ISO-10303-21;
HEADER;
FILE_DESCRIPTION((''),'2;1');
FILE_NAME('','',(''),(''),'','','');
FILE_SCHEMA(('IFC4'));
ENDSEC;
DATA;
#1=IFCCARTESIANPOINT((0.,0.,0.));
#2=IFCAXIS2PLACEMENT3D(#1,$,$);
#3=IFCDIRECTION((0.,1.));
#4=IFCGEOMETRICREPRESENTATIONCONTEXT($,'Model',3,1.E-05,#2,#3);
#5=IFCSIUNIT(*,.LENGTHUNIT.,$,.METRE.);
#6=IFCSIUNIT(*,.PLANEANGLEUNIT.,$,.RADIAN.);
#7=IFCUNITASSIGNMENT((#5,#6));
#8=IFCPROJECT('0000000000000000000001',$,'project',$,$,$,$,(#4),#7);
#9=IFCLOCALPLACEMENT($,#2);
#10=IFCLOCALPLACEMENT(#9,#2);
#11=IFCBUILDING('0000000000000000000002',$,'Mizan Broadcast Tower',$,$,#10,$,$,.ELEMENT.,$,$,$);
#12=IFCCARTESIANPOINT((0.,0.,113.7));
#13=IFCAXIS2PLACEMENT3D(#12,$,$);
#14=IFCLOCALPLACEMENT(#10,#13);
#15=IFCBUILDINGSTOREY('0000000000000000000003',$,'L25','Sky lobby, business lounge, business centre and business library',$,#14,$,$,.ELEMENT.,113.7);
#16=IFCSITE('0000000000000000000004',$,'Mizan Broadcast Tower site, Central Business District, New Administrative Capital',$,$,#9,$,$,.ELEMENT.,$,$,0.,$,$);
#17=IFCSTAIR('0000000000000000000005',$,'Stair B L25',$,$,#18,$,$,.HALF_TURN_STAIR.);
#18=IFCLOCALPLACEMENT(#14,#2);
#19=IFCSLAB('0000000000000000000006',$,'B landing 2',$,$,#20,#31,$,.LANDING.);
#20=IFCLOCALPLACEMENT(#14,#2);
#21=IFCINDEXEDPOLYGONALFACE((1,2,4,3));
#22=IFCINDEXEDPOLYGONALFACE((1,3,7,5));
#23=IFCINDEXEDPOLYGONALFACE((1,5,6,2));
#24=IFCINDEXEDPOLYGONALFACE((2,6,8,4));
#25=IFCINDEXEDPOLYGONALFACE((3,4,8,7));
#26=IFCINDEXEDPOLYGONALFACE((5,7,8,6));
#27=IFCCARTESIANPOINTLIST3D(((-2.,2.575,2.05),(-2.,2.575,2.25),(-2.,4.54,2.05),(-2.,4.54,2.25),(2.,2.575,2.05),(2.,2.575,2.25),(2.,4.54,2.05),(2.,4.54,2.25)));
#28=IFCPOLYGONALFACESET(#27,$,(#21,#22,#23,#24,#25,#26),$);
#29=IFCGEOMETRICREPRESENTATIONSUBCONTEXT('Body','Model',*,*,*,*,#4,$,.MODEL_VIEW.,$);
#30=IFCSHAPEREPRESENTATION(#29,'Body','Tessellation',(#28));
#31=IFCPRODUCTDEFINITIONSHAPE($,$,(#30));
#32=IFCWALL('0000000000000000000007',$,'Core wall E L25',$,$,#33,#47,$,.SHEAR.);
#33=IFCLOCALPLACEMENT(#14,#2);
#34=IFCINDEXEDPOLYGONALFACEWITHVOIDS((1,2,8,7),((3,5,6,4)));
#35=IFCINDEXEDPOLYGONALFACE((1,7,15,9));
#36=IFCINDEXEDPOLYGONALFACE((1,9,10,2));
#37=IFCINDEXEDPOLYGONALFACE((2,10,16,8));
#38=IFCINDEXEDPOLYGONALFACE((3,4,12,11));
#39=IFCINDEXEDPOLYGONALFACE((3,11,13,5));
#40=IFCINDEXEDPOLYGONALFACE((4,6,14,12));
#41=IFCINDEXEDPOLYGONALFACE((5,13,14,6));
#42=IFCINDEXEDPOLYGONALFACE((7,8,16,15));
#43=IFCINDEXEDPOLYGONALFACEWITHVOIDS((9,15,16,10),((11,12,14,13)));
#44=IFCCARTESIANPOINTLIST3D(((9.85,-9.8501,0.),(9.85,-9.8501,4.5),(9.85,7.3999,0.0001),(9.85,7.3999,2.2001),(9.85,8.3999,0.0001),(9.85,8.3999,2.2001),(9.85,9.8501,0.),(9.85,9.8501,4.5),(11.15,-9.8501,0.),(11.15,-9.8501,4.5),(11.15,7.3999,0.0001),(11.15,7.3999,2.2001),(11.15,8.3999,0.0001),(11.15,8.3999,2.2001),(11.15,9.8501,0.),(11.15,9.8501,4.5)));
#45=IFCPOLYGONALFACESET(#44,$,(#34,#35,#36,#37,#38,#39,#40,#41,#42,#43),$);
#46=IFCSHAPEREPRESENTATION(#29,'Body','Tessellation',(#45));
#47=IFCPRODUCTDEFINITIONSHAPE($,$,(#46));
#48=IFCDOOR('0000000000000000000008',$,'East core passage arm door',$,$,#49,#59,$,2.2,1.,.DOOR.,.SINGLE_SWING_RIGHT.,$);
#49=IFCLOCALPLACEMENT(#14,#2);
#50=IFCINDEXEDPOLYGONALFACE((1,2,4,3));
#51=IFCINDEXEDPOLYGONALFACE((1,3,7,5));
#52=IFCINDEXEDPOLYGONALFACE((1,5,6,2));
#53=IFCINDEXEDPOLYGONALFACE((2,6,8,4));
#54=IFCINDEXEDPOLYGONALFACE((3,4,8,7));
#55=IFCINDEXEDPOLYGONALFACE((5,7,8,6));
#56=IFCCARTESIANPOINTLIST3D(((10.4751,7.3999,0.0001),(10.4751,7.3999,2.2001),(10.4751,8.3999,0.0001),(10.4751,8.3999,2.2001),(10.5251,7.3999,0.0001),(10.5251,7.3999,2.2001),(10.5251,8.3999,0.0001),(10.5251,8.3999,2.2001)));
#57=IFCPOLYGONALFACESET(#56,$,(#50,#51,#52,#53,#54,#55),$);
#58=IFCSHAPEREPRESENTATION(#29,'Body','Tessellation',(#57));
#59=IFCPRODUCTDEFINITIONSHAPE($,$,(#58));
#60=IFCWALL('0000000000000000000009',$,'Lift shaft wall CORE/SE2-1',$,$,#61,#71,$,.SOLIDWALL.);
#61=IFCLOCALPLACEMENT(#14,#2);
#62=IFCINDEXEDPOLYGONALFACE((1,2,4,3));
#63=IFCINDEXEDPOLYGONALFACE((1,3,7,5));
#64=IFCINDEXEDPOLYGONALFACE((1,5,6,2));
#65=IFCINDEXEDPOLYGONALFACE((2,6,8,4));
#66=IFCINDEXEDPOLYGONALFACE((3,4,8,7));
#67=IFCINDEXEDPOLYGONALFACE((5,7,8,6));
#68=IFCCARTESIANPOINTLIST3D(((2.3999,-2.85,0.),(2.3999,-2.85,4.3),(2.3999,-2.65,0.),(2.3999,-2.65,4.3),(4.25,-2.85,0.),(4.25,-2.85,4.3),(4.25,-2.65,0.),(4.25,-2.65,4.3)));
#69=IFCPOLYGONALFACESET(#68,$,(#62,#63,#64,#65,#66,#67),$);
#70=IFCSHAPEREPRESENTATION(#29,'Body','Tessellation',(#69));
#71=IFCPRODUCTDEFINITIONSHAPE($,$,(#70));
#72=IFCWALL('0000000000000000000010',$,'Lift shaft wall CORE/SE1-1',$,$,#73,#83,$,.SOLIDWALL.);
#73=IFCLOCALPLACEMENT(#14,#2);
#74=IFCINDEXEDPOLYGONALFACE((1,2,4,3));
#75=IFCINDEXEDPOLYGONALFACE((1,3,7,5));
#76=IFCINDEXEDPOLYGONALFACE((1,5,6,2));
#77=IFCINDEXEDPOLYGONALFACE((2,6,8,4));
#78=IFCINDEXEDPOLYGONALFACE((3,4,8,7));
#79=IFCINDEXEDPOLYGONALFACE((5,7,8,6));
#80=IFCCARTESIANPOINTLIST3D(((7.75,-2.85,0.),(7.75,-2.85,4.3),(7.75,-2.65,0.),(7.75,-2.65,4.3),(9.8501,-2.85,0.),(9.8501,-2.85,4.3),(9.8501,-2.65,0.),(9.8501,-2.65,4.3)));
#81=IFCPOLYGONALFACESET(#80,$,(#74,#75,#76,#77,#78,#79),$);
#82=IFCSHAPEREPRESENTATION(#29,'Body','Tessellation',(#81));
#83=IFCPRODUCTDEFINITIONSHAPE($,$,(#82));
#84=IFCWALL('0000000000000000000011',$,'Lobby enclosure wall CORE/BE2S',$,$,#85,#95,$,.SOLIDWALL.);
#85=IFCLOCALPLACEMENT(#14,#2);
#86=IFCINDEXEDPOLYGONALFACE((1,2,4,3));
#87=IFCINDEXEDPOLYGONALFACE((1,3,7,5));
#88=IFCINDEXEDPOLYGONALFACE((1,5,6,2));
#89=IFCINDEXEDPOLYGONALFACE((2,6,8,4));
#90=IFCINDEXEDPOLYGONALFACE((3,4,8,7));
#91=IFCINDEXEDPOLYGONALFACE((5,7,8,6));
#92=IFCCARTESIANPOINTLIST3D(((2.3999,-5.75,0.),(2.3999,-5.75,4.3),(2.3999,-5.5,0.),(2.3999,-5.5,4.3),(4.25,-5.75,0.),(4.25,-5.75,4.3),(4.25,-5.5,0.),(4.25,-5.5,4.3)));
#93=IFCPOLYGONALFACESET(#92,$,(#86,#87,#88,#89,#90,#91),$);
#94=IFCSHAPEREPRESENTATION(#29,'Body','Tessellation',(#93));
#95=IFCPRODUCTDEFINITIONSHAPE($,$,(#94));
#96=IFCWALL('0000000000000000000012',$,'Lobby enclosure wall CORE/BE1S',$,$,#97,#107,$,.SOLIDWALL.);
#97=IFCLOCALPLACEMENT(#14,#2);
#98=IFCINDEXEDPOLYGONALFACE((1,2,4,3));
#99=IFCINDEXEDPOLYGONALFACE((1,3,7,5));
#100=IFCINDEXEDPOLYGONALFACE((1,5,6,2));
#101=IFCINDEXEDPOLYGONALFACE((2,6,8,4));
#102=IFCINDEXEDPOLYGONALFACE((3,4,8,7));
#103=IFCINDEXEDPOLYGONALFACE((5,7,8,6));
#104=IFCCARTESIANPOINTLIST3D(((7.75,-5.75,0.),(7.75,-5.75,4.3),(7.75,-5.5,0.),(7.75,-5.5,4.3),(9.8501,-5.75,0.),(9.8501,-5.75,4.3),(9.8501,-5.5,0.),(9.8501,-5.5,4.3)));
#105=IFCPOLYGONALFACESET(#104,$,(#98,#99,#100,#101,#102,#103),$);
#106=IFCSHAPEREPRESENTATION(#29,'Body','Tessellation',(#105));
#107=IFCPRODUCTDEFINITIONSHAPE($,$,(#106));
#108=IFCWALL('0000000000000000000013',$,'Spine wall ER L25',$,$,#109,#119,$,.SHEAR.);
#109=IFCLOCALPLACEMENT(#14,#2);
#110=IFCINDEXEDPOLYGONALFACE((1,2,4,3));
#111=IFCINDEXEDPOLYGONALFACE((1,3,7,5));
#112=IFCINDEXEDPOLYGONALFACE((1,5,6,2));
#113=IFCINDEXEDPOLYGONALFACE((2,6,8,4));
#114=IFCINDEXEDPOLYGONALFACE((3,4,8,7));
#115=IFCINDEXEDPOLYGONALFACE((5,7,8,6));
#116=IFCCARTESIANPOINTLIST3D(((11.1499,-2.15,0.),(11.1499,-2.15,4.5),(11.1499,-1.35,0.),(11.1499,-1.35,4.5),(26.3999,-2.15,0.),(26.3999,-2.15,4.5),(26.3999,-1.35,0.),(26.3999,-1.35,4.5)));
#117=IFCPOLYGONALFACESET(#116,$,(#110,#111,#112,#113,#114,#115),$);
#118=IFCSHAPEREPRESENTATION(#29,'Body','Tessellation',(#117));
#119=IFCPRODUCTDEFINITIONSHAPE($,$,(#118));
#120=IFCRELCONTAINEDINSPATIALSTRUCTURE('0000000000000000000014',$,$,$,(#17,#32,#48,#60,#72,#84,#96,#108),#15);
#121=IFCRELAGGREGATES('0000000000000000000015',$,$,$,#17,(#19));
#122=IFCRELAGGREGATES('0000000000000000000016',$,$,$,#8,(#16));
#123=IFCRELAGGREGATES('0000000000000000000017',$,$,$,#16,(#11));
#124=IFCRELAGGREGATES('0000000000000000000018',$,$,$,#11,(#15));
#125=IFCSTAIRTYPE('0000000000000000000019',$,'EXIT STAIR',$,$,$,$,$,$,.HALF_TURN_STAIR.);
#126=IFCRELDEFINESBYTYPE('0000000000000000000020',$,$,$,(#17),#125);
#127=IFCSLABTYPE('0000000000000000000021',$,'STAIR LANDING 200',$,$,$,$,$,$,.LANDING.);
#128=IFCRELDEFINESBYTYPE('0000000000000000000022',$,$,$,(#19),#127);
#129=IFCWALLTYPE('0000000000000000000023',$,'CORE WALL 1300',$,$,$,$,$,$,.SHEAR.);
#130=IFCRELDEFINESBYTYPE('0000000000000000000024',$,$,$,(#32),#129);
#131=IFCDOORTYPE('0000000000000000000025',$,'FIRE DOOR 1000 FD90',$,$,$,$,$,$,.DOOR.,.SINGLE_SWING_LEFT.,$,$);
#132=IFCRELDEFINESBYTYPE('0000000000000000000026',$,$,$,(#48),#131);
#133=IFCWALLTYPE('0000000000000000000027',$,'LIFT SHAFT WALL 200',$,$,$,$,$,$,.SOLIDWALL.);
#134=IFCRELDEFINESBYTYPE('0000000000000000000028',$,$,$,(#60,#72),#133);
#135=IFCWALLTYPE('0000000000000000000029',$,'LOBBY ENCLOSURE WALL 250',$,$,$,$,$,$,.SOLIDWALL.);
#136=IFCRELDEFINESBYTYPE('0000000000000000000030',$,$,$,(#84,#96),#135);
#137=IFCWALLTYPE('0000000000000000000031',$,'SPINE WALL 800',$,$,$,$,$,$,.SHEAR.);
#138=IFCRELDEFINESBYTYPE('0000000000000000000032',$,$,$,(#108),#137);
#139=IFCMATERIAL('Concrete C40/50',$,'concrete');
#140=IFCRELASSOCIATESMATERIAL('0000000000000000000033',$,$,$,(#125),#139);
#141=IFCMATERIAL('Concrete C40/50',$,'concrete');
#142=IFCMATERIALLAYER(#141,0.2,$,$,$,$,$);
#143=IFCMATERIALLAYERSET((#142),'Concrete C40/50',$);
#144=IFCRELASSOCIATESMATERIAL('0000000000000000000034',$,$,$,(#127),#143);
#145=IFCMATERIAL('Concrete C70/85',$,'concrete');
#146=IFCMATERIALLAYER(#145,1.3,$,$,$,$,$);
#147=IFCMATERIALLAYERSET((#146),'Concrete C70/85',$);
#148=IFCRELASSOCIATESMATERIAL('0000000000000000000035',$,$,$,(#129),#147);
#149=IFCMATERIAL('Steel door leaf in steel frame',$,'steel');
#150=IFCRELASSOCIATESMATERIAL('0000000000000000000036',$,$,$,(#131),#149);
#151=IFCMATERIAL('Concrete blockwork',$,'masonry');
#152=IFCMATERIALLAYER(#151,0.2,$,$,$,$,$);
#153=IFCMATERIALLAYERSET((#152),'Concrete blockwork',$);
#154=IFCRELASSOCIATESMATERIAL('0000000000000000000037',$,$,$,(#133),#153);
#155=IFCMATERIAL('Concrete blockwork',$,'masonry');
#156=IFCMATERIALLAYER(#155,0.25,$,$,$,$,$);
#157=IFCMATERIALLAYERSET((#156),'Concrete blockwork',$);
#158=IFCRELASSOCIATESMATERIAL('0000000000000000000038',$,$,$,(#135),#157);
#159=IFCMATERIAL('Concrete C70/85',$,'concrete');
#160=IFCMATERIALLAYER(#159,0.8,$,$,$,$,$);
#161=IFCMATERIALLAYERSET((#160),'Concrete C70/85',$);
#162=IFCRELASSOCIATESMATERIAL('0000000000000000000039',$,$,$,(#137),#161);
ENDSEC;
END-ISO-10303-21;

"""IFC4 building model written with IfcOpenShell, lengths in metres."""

from ifc_helpers import new_model, si_unit, direction, frame, frame_2d, origin, place, context, subcontext, project, spatial, polyline, rectangle, outline, extrude, material, layer, layer_set, type_object, element, fill, aggregate, save


model = new_model("IFC4")

# Units and contexts
model_context = context("Model", 3, precision=1e-05, world=origin(), true_north=direction((0.0, 1.0)))
body_context = subcontext(model_context, "Body", "Model", "MODEL_VIEW")
ifc_project = project(units=[si_unit("LENGTHUNIT", "METRE"), si_unit("PLANEANGLEUNIT", "RADIAN")], contexts=[model_context])

# Site, building, storey
site_placement = place(None, origin())
site = spatial("IfcSite", under=ifc_project, at=site_placement, Name="Mizan Broadcast Tower site, Central Business District, New Administrative Capital", CompositionType="ELEMENT", RefElevation=0.0)
building_placement = place(site_placement, origin())
building = spatial("IfcBuilding", under=site, at=building_placement, Name="Mizan Broadcast Tower", CompositionType="ELEMENT")
storey_placement = place(building_placement, frame((0.0, 0.0, 113.7)))
storey = spatial("IfcBuildingStorey", under=building, at=storey_placement, Name="L25", Description="Sky lobby, business lounge, business centre and business library", CompositionType="ELEMENT", Elevation=113.7)

# Stair, slab
ifc_material_1 = material(Name="Concrete C40/50", Category="concrete")
stair_type = type_object("IfcStairType", Name="EXIT STAIR", PredefinedType="HALF_TURN_STAIR", material=ifc_material_1)
ifc_material_2 = material(Name="Concrete C40/50", Category="concrete")
ifc_layer_1 = layer(ifc_material_2, 0.2)
ifc_layer_set_1 = layer_set([ifc_layer_1], Name="Concrete C40/50")
slab_type_1 = type_object("IfcSlabType", Name="STAIR LANDING 200", PredefinedType="LANDING", material=ifc_layer_set_1)
stair_1_placement = place(storey_placement, origin())
stair_1 = element("IfcStair", 1, at=stair_1_placement, inside=storey, type_object=stair_type, Name="Stair B L25", PredefinedType="HALF_TURN_STAIR")
slab_1_placement = place(storey_placement, frame((0.0, 0.0, 2.05)))
slab_1 = element("IfcSlab", 2, at=slab_1_placement, type_object=slab_type_1, Name="B landing 2", PredefinedType="LANDING", context=body_context, shape_type="SweptSolid", body=[
    extrude(outline(polyline([(2.0, 4.54), (2.0, 2.575), (-2.0, 2.575), (-2.0, 4.54), (2.0, 4.54)])), origin(), (0.0, 0.0, 1.0), 0.2),
])
aggregate(stair_1, [slab_1])

# Wall, opening, door
ifc_material_3 = material(Name="Concrete C70/85", Category="concrete")
ifc_layer_2 = layer(ifc_material_3, 1.3)
ifc_layer_set_2 = layer_set([ifc_layer_2], Name="Concrete C70/85")
wall_type_1 = type_object("IfcWallType", Name="CORE WALL 1300", PredefinedType="SHEAR", material=ifc_layer_set_2)
wall_1_placement = place(storey_placement, frame((10.5, -9.8501, 0.0), z_axis=(0.0, 0.0, 1.0), x_axis=(0.0, 1.0, 0.0)))
wall_1 = element("IfcWall", 3, at=wall_1_placement, inside=storey, type_object=wall_type_1, Name="Core wall E L25", PredefinedType="SHEAR", context=body_context, shape_type="SweptSolid", body=[
    extrude(rectangle(XDim=19.7002, YDim=1.3, at=frame_2d((9.8501, 0.0))), origin(), (0.0, 0.0, 1.0), 4.5),
])
opening_placement = place(wall_1_placement, frame((17.25, 0.0, 0.0)))
opening = element("IfcOpeningElement", 4, at=opening_placement, cuts=wall_1, PredefinedType="OPENING", context=body_context, shape_type="SweptSolid", body=[
    extrude(rectangle(XDim=1.0, YDim=2.2, at=frame_2d((0.5, 1.1001))), frame((0.0, 0.6599, 0.0), z_axis=(0.0, -1.0, 0.0), x_axis=(1.0, 0.0, 0.0)), (0.0, 0.0, 1.0), 1.3201),
])
ifc_material_4 = material(Name="Steel door leaf in steel frame", Category="steel")
door_type = type_object("IfcDoorType", Name="FIRE DOOR 1000 FD90", OperationType="SINGLE_SWING_LEFT", PredefinedType="DOOR", material=ifc_material_4)
door_placement = place(opening_placement, origin())
door = element("IfcDoor", 5, at=door_placement, inside=storey, type_object=door_type, Name="East core passage arm door", OperationType="SINGLE_SWING_RIGHT", OverallHeight=2.2, OverallWidth=1.0, PredefinedType="DOOR", context=body_context, shape_type="SweptSolid", body=[
    extrude(rectangle(XDim=1.0, YDim=2.2, at=frame_2d((0.5, 1.1001))), frame((0.0, 0.0249, 0.0), z_axis=(0.0, -1.0, 0.0), x_axis=(1.0, 0.0, 0.0)), (0.0, 0.0, 1.0), 0.05),
])
fill(opening, door)

# Walls
ifc_material_5 = material(Name="Concrete blockwork", Category="masonry")
ifc_layer_3 = layer(ifc_material_5, 0.2)
ifc_layer_set_3 = layer_set([ifc_layer_3], Name="Concrete blockwork")
wall_type_2 = type_object("IfcWallType", Name="LIFT SHAFT WALL 200", PredefinedType="SOLIDWALL", material=ifc_layer_set_3)
wall_2_placement = place(storey_placement, frame((2.3999, -2.75, 0.0), z_axis=(0.0, 0.0, 1.0), x_axis=(1.0, 0.0, 0.0)))
element("IfcWall", 6, at=wall_2_placement, inside=storey, type_object=wall_type_2, Name="Lift shaft wall CORE/SE2-1", PredefinedType="SOLIDWALL", context=body_context, shape_type="SweptSolid", body=[
    extrude(rectangle(XDim=1.8501, YDim=0.2, at=frame_2d((0.925, 0.0))), origin(), (0.0, 0.0, 1.0), 4.3),
])
wall_3_placement = place(storey_placement, frame((7.75, -2.75, 0.0), z_axis=(0.0, 0.0, 1.0), x_axis=(1.0, 0.0, 0.0)))
element("IfcWall", 7, at=wall_3_placement, inside=storey, type_object=wall_type_2, Name="Lift shaft wall CORE/SE1-1", PredefinedType="SOLIDWALL", context=body_context, shape_type="SweptSolid", body=[
    extrude(rectangle(XDim=2.1001, YDim=0.2, at=frame_2d((1.05, 0.0))), origin(), (0.0, 0.0, 1.0), 4.3),
])
ifc_material_6 = material(Name="Concrete blockwork", Category="masonry")
ifc_layer_4 = layer(ifc_material_6, 0.25)
ifc_layer_set_4 = layer_set([ifc_layer_4], Name="Concrete blockwork")
wall_type_3 = type_object("IfcWallType", Name="LOBBY ENCLOSURE WALL 250", PredefinedType="SOLIDWALL", material=ifc_layer_set_4)
wall_4_placement = place(storey_placement, frame((2.3999, -5.625, 0.0), z_axis=(0.0, 0.0, 1.0), x_axis=(1.0, 0.0, 0.0)))
element("IfcWall", 8, at=wall_4_placement, inside=storey, type_object=wall_type_3, Name="Lobby enclosure wall CORE/BE2S", PredefinedType="SOLIDWALL", context=body_context, shape_type="SweptSolid", body=[
    extrude(rectangle(XDim=1.8501, YDim=0.25, at=frame_2d((0.925, 0.0))), origin(), (0.0, 0.0, 1.0), 4.3),
])
wall_5_placement = place(storey_placement, frame((7.75, -5.625, 0.0), z_axis=(0.0, 0.0, 1.0), x_axis=(1.0, 0.0, 0.0)))
element("IfcWall", 9, at=wall_5_placement, inside=storey, type_object=wall_type_3, Name="Lobby enclosure wall CORE/BE1S", PredefinedType="SOLIDWALL", context=body_context, shape_type="SweptSolid", body=[
    extrude(rectangle(XDim=2.1001, YDim=0.25, at=frame_2d((1.05, 0.0))), origin(), (0.0, 0.0, 1.0), 4.3),
])
ifc_material_7 = material(Name="Concrete C70/85", Category="concrete")
ifc_layer_5 = layer(ifc_material_7, 0.8)
ifc_layer_set_5 = layer_set([ifc_layer_5], Name="Concrete C70/85")
wall_type_4 = type_object("IfcWallType", Name="SPINE WALL 800", PredefinedType="SHEAR", material=ifc_layer_set_5)
wall_6_placement = place(storey_placement, frame((11.1499, -1.75, 0.0), z_axis=(0.0, 0.0, 1.0), x_axis=(1.0, 0.0, 0.0)))
element("IfcWall", 10, at=wall_6_placement, inside=storey, type_object=wall_type_4, Name="Spine wall ER L25", PredefinedType="SHEAR", context=body_context, shape_type="SweptSolid", body=[
    extrude(rectangle(XDim=15.25, YDim=0.8, at=frame_2d((7.625, 0.0))), origin(), (0.0, 0.0, 1.0), 4.5),
])

save(model, "model.ifc")
